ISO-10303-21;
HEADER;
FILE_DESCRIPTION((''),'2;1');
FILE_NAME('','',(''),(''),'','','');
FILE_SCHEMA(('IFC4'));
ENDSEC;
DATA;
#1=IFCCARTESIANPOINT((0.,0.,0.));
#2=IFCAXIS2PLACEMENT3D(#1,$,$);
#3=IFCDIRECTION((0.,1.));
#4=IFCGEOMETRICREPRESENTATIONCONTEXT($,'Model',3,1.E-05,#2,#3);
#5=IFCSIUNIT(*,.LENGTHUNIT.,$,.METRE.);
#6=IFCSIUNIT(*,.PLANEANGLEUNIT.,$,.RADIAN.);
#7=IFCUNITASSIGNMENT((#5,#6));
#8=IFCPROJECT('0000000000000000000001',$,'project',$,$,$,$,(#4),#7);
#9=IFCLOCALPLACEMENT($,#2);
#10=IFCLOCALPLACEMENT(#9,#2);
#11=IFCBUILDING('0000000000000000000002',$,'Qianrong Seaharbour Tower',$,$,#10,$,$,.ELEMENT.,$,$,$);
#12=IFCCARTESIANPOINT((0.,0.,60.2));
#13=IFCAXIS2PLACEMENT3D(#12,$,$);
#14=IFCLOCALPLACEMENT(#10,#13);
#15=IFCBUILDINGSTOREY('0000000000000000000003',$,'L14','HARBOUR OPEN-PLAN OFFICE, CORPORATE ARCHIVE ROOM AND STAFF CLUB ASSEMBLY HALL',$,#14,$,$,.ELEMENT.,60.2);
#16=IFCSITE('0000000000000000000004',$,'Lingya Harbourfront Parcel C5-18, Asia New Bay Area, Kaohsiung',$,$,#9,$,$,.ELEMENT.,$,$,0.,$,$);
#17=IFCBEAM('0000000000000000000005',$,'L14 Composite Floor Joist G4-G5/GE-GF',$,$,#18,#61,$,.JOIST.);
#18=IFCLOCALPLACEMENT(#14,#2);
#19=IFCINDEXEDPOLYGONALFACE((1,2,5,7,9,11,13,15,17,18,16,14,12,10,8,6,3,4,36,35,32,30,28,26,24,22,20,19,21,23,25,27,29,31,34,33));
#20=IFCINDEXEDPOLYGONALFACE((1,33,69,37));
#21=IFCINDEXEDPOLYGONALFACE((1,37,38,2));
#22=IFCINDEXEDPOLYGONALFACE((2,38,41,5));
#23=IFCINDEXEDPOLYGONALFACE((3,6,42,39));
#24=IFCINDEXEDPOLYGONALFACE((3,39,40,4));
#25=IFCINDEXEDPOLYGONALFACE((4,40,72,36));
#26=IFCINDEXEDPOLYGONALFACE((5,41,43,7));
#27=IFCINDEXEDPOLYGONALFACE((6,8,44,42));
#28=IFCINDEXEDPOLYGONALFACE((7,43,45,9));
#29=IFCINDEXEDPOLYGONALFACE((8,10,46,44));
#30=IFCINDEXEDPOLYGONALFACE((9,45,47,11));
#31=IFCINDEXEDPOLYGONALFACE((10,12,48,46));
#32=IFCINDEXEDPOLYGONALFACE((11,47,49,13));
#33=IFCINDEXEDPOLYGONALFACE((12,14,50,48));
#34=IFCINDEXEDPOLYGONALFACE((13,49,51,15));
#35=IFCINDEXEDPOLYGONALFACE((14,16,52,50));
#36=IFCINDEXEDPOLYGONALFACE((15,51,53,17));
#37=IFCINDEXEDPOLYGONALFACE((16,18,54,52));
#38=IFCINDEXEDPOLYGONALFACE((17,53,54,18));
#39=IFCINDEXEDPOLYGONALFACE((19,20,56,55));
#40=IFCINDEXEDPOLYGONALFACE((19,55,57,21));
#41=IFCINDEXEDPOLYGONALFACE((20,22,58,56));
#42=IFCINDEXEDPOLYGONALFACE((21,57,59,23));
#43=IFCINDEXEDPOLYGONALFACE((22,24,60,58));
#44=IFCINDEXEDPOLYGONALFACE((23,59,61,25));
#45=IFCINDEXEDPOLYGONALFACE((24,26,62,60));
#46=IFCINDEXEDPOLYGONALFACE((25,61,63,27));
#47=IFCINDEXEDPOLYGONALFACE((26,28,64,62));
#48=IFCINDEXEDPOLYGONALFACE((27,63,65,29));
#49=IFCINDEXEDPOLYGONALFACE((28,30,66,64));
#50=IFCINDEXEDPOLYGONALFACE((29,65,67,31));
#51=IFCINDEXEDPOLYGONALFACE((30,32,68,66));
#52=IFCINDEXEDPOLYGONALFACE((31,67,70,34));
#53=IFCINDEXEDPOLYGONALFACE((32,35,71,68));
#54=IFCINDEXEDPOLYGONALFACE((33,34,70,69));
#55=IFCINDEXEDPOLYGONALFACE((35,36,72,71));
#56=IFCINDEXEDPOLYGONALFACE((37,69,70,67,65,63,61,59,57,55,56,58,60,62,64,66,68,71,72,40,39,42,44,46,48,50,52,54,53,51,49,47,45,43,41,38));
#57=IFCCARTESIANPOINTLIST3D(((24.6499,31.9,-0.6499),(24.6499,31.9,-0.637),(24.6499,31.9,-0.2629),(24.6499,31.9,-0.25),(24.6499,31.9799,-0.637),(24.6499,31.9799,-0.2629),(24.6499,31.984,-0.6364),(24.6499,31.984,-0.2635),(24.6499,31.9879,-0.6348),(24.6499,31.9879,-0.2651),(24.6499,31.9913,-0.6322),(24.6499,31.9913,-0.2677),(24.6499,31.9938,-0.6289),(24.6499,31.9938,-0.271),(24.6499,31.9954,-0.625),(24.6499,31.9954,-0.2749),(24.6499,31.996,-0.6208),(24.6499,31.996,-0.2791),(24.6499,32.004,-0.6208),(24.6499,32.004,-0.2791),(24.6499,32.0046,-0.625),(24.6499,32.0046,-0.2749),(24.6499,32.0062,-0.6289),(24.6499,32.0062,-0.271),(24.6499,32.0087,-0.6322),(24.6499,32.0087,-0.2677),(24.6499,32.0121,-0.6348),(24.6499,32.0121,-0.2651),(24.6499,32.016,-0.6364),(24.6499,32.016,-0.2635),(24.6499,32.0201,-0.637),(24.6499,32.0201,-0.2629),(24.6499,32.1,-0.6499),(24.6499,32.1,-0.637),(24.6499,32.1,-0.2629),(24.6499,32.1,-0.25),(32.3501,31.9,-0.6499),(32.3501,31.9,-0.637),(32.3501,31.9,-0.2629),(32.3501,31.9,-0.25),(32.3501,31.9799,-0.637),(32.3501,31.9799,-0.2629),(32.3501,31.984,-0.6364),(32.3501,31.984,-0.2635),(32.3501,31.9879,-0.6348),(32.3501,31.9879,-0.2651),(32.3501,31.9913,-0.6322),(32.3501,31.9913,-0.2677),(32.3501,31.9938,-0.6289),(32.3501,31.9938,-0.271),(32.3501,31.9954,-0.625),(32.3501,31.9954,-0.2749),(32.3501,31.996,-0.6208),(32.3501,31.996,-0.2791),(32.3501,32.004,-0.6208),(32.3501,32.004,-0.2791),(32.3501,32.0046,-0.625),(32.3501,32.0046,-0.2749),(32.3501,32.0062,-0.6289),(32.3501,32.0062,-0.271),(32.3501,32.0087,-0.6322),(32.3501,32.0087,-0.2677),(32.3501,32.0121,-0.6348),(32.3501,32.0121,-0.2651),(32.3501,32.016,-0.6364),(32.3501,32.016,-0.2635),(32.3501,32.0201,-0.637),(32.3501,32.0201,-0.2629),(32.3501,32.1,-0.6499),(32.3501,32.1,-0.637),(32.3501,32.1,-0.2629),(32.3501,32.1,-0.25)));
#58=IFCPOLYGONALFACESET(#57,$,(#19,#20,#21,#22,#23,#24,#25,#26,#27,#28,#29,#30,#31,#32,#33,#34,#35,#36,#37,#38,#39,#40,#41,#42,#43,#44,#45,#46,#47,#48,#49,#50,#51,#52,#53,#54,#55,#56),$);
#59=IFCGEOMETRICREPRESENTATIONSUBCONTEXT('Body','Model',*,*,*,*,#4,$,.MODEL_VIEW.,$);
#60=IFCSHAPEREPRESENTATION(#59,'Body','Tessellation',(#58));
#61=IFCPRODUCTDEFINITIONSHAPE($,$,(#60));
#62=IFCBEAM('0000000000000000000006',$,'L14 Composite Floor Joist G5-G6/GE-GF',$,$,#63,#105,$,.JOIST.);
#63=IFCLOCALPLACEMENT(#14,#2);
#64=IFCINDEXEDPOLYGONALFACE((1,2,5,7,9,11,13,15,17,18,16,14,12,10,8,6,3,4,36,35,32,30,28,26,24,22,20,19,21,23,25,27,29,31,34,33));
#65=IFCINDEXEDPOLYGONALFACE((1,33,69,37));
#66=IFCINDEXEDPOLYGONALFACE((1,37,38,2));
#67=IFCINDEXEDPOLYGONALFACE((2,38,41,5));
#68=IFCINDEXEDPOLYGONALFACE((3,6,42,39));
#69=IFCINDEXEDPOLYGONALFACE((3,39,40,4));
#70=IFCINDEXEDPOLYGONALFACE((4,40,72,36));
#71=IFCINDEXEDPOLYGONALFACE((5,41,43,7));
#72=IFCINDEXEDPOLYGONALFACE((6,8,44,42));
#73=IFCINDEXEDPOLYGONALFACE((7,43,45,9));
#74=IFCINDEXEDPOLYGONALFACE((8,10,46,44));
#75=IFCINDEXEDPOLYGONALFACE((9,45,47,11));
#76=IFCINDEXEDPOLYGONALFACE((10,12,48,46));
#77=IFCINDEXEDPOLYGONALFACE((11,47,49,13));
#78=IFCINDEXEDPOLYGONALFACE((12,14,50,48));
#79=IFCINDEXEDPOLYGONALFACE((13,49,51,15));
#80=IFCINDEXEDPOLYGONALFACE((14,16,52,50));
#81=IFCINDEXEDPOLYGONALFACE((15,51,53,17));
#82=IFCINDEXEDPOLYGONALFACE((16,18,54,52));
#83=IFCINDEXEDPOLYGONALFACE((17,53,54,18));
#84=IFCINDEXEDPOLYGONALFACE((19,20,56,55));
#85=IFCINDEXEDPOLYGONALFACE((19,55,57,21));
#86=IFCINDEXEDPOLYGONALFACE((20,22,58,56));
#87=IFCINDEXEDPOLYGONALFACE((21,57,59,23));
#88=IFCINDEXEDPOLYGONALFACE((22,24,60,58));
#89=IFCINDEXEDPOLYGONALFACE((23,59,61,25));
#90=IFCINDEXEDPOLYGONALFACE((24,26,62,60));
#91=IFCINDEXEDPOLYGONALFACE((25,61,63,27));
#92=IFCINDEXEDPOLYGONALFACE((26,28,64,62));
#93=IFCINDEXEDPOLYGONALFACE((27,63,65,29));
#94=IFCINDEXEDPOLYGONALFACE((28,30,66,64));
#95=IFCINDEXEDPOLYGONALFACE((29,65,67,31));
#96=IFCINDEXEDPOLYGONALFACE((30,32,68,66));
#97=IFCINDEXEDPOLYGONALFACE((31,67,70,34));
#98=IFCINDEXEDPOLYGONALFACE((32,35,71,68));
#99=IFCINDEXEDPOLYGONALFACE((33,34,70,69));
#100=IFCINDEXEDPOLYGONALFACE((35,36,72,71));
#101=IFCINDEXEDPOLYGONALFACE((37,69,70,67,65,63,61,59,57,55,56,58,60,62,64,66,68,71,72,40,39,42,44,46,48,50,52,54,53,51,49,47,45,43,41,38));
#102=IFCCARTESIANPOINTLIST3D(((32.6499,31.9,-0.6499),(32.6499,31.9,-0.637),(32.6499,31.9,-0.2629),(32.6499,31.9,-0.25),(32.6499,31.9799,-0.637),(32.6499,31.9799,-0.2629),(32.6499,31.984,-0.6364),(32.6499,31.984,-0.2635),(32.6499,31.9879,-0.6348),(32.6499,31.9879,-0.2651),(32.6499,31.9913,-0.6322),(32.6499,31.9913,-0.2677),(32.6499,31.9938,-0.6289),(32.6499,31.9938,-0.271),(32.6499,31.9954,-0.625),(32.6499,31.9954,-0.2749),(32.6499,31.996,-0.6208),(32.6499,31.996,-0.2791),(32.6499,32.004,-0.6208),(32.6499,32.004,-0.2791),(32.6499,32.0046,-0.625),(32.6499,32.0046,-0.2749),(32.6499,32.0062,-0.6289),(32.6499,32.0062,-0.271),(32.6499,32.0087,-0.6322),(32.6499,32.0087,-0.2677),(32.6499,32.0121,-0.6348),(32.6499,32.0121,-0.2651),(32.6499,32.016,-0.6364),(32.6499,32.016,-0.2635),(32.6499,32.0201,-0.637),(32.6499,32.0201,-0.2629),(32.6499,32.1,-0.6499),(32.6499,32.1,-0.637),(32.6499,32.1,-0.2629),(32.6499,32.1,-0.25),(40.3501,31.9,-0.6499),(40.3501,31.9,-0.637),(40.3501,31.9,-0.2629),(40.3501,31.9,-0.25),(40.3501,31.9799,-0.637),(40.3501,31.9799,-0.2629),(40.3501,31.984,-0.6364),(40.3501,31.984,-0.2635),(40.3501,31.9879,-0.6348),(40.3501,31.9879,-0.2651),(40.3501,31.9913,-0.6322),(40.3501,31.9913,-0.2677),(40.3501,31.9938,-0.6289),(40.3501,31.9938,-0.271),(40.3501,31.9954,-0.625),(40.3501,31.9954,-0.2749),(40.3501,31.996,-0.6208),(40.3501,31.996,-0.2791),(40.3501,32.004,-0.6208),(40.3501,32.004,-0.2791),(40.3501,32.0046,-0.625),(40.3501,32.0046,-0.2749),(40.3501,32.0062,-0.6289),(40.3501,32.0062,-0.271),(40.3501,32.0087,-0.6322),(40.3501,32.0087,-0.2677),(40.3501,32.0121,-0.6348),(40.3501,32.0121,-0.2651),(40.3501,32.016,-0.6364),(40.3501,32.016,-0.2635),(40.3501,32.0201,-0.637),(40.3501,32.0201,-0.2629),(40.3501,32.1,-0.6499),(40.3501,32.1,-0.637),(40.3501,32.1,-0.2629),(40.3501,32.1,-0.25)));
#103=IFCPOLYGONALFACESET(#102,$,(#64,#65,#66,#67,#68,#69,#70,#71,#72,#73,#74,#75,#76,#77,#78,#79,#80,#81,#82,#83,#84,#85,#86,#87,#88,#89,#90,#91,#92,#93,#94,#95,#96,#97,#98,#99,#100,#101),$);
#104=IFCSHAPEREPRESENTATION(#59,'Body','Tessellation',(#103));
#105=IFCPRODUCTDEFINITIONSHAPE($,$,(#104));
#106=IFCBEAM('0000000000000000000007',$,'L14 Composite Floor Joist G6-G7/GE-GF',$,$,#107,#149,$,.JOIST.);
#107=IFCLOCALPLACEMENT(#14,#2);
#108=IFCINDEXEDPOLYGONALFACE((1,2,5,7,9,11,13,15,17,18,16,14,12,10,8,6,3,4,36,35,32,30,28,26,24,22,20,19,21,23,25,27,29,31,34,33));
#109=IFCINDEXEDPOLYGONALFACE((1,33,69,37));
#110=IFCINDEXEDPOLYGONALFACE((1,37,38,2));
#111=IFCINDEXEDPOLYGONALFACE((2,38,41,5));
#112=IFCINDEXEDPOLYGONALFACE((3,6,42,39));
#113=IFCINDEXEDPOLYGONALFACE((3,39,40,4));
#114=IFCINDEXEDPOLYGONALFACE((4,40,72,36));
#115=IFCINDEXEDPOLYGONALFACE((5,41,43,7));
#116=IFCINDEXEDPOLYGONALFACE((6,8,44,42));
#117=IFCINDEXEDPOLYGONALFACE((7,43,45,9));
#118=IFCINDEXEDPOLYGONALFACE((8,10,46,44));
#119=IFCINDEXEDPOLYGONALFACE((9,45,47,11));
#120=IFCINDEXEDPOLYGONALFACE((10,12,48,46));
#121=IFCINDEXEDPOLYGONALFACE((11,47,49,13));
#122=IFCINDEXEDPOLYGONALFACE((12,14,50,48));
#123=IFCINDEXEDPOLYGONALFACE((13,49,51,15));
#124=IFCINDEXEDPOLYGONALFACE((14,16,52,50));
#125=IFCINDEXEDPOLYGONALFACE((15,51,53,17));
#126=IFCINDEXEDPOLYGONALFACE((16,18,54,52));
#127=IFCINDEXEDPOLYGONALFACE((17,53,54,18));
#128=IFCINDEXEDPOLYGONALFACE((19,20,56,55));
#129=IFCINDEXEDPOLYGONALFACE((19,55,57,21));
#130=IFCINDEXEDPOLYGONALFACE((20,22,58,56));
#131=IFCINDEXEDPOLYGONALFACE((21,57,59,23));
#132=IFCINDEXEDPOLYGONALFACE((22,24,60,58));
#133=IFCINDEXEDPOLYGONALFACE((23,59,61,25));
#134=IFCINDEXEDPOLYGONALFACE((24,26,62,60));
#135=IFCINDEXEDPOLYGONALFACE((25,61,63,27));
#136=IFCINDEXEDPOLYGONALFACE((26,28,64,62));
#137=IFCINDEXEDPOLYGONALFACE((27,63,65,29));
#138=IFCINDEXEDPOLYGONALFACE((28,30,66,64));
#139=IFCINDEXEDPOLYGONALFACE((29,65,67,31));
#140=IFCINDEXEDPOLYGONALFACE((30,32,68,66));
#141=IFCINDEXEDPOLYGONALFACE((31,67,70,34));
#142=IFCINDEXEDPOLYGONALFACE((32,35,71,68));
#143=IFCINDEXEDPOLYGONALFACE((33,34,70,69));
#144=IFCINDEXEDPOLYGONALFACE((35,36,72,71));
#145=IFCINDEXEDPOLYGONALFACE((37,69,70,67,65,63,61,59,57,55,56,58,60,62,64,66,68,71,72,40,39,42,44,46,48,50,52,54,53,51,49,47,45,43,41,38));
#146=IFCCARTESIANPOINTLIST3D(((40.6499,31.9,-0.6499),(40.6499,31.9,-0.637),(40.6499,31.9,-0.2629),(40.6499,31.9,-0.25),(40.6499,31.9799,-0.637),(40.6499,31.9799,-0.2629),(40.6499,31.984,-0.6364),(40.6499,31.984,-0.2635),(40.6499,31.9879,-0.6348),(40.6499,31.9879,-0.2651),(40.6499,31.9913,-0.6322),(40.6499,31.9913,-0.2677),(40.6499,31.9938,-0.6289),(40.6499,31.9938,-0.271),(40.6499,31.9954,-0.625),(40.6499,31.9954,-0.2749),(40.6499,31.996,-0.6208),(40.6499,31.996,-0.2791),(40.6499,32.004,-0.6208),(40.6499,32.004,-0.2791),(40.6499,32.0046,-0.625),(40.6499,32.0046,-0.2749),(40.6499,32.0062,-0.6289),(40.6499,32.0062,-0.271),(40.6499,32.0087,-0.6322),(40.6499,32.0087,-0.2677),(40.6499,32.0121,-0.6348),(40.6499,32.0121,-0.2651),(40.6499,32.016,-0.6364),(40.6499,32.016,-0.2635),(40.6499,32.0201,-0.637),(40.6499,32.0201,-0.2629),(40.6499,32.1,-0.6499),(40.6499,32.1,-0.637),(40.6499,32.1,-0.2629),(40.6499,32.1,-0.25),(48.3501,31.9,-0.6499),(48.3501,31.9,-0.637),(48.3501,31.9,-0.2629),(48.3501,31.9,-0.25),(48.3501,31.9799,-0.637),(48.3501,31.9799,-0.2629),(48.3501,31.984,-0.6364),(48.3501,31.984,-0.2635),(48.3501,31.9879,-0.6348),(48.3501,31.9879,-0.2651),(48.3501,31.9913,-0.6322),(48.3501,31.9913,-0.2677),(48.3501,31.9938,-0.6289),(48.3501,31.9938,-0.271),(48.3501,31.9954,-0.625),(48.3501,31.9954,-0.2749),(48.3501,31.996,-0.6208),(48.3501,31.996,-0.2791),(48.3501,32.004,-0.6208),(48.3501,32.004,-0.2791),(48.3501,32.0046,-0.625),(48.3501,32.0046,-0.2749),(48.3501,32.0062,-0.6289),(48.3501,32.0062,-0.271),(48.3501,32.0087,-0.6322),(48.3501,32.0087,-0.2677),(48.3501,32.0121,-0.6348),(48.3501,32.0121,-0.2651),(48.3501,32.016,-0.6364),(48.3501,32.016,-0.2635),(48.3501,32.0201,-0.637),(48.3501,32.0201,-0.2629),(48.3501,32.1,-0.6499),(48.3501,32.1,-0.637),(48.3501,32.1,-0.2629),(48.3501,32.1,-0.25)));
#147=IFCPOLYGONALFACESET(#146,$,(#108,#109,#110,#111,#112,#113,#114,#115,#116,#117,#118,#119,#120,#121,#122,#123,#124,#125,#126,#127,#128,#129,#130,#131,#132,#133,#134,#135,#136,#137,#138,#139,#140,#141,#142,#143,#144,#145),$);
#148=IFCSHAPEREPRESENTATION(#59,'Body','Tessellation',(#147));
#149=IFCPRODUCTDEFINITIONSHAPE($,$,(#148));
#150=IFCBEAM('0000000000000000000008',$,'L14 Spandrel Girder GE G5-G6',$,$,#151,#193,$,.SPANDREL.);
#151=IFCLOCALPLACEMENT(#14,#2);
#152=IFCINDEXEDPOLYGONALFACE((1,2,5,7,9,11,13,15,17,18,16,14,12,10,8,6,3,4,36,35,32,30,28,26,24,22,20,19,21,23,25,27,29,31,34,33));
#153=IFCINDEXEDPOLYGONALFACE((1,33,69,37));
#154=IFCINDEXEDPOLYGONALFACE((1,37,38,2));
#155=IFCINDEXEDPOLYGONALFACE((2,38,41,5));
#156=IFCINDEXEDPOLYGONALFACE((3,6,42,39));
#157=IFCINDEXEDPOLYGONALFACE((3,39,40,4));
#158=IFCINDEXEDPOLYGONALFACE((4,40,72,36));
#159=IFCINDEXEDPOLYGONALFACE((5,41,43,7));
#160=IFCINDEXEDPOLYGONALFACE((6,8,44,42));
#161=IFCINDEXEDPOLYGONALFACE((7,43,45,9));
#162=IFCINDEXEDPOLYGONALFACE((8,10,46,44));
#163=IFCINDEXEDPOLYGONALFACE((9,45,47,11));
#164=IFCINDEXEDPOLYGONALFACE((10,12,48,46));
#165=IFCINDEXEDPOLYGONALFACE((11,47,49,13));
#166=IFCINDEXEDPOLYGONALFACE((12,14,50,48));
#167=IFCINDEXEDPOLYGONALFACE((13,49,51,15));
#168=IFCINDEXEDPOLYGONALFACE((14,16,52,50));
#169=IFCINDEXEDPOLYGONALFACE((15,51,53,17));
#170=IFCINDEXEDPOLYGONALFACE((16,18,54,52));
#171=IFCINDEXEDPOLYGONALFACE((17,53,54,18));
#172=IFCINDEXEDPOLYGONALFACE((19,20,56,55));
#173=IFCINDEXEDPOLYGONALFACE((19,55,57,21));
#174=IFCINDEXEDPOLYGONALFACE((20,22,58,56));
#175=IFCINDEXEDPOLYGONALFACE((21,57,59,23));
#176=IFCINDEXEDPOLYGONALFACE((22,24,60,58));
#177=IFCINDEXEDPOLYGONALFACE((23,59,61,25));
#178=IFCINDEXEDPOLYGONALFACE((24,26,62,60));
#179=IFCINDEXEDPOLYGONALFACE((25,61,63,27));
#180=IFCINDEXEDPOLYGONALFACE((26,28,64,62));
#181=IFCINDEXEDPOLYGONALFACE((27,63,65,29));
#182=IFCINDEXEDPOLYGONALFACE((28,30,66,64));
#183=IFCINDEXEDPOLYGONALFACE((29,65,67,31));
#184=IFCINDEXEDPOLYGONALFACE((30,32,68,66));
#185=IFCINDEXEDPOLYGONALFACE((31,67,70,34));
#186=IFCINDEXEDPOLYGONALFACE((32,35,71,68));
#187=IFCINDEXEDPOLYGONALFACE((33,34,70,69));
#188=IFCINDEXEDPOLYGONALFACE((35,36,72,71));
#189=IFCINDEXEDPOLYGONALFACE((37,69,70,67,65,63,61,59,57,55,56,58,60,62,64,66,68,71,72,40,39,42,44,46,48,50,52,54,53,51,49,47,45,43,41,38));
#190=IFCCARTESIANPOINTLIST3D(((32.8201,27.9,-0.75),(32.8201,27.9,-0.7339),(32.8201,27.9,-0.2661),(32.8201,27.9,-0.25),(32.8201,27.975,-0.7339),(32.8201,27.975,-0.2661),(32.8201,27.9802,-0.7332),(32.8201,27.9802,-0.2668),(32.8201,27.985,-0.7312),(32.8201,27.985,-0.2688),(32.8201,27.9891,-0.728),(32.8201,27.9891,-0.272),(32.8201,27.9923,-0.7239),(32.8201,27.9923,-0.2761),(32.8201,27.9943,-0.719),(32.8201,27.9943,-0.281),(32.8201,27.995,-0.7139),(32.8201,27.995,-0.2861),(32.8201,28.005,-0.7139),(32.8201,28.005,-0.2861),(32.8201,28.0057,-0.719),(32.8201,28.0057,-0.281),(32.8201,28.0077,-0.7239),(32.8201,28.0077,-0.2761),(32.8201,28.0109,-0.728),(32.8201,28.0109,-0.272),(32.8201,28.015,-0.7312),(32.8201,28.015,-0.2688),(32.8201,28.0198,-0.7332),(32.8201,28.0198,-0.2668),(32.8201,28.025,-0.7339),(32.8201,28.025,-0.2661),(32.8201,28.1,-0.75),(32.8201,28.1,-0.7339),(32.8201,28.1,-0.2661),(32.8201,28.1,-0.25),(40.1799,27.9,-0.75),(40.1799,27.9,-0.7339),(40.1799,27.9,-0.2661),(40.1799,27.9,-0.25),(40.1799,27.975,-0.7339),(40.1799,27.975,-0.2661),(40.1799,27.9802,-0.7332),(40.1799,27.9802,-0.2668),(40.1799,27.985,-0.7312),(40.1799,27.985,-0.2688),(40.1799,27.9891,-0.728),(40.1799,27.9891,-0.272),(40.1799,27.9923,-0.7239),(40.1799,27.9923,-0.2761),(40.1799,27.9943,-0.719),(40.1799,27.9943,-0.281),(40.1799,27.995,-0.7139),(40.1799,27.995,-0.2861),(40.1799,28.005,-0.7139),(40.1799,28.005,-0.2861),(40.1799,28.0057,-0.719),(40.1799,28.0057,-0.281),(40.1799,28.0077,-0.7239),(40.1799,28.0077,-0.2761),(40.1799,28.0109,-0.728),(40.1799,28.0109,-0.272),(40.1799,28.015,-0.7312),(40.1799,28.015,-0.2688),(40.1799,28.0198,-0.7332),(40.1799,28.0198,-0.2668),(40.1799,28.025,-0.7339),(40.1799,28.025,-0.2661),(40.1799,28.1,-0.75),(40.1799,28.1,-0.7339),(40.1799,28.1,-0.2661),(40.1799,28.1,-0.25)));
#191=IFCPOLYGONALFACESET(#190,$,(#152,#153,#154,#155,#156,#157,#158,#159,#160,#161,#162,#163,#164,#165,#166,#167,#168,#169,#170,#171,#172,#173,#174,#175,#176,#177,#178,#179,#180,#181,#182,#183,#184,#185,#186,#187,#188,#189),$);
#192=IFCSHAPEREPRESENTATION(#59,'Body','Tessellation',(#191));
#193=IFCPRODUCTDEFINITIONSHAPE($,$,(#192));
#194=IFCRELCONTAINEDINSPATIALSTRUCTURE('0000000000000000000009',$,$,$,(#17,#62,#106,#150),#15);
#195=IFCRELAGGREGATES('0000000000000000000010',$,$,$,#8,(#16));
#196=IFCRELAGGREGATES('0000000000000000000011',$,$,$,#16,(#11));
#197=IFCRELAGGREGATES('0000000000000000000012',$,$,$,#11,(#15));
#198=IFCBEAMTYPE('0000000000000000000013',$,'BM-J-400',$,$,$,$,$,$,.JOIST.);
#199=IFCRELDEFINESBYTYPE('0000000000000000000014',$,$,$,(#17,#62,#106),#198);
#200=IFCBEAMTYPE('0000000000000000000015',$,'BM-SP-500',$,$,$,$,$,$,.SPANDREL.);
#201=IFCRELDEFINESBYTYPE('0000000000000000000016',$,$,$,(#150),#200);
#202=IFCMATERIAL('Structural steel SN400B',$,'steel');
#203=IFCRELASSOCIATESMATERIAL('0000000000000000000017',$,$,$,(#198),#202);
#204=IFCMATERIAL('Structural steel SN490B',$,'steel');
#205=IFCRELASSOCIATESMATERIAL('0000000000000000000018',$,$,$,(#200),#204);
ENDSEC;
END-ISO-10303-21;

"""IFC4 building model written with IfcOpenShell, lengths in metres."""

from ifc_helpers import new_model, si_unit, direction, frame, origin, origin_2d, place, context, subcontext, project, spatial, i_section, extrude, material, material_profile, profile_set, type_object, element, save


model = new_model("IFC4")

# Units and contexts
model_context = context("Model", 3, precision=1e-05, world=origin(), true_north=direction((0.0, 1.0)))
body_context = subcontext(model_context, "Body", "Model", "MODEL_VIEW")
ifc_project = project(units=[si_unit("LENGTHUNIT", "METRE"), si_unit("PLANEANGLEUNIT", "RADIAN")], contexts=[model_context])

# Site, building, storey
site_placement = place(None, origin())
site = spatial("IfcSite", under=ifc_project, at=site_placement, Name="Lingya Harbourfront Parcel C5-18, Asia New Bay Area, Kaohsiung", CompositionType="ELEMENT", RefElevation=0.0)
building_placement = place(site_placement, origin())
building = spatial("IfcBuilding", under=site, at=building_placement, Name="Qianrong Seaharbour Tower", CompositionType="ELEMENT")
storey_placement = place(building_placement, frame((0.0, 0.0, 60.2)))
storey = spatial("IfcBuildingStorey", under=building, at=storey_placement, Name="L14", Description="HARBOUR OPEN-PLAN OFFICE, CORPORATE ARCHIVE ROOM AND STAFF CLUB ASSEMBLY HALL", CompositionType="ELEMENT", Elevation=60.2)

# Shared definitions
ifc_material_1 = material(Name="Structural steel SN490B", Category="steel")

# Beams
ifc_material_2 = material(Name="Structural steel SN400B", Category="steel")
ifc_material_profile_1 = material_profile(ifc_material_2, i_section(OverallWidth=0.2, OverallDepth=0.3999, WebThickness=0.0081, FlangeThickness=0.0129, FilletRadius=0.0161, at=origin_2d()), Name="H400x200x8x13")
ifc_profile_set_1 = profile_set([ifc_material_profile_1], Name="Structural steel SN400B")
beam_type_1 = type_object("IfcBeamType", Name="BM-J-400", PredefinedType="JOIST", material=ifc_profile_set_1)
for number, where, z_axis, x_axis, name in (
    (1, (24.6499, 32.0, -0.45), (1.0, 0.0, 0.0), (0.0, 1.0, 0.0), "L14 Composite Floor Joist G4-G5/GE-GF"),
    (2, (32.6499, 32.0, -0.45), (1.0, 0.0, 0.0), (0.0, 1.0, 0.0), "L14 Composite Floor Joist G5-G6/GE-GF"),
    (3, (40.6499, 32.0, -0.45), (1.0, 0.0, 0.0), (0.0, 1.0, 0.0), "L14 Composite Floor Joist G6-G7/GE-GF"),
):
    element("IfcBeam", number, at=place(storey_placement, frame(where, z_axis=z_axis, x_axis=x_axis)), inside=storey, type_object=beam_type_1, Name=name, PredefinedType="JOIST", context=body_context, shape_type="SweptSolid", body=[
        extrude(i_section(OverallWidth=0.2, OverallDepth=0.3999, WebThickness=0.0081, FlangeThickness=0.0129, FilletRadius=0.0161, at=origin_2d()), origin(), (0.0, 0.0, 1.0), 7.7002),
    ])
ifc_material_profile_2 = material_profile(ifc_material_1, i_section(OverallWidth=0.2, OverallDepth=0.5, WebThickness=0.01, FlangeThickness=0.0161, FilletRadius=0.02, at=origin_2d()), Name="H500x200x10x16")
ifc_profile_set_2 = profile_set([ifc_material_profile_2], Name="Structural steel SN490B")
beam_type_2 = type_object("IfcBeamType", Name="BM-SP-500", PredefinedType="SPANDREL", material=ifc_profile_set_2)
beam_1_placement = place(storey_placement, frame((32.8201, 28.0, -0.5), z_axis=(1.0, 0.0, 0.0), x_axis=(0.0, 1.0, 0.0)))
element("IfcBeam", 4, at=beam_1_placement, inside=storey, type_object=beam_type_2, Name="L14 Spandrel Girder GE G5-G6", PredefinedType="SPANDREL", context=body_context, shape_type="SweptSolid", body=[
    extrude(i_section(OverallWidth=0.2, OverallDepth=0.5, WebThickness=0.01, FlangeThickness=0.0161, FilletRadius=0.02, at=origin_2d()), origin(), (0.0, 0.0, 1.0), 7.3599),
])

save(model, "model.ifc")
